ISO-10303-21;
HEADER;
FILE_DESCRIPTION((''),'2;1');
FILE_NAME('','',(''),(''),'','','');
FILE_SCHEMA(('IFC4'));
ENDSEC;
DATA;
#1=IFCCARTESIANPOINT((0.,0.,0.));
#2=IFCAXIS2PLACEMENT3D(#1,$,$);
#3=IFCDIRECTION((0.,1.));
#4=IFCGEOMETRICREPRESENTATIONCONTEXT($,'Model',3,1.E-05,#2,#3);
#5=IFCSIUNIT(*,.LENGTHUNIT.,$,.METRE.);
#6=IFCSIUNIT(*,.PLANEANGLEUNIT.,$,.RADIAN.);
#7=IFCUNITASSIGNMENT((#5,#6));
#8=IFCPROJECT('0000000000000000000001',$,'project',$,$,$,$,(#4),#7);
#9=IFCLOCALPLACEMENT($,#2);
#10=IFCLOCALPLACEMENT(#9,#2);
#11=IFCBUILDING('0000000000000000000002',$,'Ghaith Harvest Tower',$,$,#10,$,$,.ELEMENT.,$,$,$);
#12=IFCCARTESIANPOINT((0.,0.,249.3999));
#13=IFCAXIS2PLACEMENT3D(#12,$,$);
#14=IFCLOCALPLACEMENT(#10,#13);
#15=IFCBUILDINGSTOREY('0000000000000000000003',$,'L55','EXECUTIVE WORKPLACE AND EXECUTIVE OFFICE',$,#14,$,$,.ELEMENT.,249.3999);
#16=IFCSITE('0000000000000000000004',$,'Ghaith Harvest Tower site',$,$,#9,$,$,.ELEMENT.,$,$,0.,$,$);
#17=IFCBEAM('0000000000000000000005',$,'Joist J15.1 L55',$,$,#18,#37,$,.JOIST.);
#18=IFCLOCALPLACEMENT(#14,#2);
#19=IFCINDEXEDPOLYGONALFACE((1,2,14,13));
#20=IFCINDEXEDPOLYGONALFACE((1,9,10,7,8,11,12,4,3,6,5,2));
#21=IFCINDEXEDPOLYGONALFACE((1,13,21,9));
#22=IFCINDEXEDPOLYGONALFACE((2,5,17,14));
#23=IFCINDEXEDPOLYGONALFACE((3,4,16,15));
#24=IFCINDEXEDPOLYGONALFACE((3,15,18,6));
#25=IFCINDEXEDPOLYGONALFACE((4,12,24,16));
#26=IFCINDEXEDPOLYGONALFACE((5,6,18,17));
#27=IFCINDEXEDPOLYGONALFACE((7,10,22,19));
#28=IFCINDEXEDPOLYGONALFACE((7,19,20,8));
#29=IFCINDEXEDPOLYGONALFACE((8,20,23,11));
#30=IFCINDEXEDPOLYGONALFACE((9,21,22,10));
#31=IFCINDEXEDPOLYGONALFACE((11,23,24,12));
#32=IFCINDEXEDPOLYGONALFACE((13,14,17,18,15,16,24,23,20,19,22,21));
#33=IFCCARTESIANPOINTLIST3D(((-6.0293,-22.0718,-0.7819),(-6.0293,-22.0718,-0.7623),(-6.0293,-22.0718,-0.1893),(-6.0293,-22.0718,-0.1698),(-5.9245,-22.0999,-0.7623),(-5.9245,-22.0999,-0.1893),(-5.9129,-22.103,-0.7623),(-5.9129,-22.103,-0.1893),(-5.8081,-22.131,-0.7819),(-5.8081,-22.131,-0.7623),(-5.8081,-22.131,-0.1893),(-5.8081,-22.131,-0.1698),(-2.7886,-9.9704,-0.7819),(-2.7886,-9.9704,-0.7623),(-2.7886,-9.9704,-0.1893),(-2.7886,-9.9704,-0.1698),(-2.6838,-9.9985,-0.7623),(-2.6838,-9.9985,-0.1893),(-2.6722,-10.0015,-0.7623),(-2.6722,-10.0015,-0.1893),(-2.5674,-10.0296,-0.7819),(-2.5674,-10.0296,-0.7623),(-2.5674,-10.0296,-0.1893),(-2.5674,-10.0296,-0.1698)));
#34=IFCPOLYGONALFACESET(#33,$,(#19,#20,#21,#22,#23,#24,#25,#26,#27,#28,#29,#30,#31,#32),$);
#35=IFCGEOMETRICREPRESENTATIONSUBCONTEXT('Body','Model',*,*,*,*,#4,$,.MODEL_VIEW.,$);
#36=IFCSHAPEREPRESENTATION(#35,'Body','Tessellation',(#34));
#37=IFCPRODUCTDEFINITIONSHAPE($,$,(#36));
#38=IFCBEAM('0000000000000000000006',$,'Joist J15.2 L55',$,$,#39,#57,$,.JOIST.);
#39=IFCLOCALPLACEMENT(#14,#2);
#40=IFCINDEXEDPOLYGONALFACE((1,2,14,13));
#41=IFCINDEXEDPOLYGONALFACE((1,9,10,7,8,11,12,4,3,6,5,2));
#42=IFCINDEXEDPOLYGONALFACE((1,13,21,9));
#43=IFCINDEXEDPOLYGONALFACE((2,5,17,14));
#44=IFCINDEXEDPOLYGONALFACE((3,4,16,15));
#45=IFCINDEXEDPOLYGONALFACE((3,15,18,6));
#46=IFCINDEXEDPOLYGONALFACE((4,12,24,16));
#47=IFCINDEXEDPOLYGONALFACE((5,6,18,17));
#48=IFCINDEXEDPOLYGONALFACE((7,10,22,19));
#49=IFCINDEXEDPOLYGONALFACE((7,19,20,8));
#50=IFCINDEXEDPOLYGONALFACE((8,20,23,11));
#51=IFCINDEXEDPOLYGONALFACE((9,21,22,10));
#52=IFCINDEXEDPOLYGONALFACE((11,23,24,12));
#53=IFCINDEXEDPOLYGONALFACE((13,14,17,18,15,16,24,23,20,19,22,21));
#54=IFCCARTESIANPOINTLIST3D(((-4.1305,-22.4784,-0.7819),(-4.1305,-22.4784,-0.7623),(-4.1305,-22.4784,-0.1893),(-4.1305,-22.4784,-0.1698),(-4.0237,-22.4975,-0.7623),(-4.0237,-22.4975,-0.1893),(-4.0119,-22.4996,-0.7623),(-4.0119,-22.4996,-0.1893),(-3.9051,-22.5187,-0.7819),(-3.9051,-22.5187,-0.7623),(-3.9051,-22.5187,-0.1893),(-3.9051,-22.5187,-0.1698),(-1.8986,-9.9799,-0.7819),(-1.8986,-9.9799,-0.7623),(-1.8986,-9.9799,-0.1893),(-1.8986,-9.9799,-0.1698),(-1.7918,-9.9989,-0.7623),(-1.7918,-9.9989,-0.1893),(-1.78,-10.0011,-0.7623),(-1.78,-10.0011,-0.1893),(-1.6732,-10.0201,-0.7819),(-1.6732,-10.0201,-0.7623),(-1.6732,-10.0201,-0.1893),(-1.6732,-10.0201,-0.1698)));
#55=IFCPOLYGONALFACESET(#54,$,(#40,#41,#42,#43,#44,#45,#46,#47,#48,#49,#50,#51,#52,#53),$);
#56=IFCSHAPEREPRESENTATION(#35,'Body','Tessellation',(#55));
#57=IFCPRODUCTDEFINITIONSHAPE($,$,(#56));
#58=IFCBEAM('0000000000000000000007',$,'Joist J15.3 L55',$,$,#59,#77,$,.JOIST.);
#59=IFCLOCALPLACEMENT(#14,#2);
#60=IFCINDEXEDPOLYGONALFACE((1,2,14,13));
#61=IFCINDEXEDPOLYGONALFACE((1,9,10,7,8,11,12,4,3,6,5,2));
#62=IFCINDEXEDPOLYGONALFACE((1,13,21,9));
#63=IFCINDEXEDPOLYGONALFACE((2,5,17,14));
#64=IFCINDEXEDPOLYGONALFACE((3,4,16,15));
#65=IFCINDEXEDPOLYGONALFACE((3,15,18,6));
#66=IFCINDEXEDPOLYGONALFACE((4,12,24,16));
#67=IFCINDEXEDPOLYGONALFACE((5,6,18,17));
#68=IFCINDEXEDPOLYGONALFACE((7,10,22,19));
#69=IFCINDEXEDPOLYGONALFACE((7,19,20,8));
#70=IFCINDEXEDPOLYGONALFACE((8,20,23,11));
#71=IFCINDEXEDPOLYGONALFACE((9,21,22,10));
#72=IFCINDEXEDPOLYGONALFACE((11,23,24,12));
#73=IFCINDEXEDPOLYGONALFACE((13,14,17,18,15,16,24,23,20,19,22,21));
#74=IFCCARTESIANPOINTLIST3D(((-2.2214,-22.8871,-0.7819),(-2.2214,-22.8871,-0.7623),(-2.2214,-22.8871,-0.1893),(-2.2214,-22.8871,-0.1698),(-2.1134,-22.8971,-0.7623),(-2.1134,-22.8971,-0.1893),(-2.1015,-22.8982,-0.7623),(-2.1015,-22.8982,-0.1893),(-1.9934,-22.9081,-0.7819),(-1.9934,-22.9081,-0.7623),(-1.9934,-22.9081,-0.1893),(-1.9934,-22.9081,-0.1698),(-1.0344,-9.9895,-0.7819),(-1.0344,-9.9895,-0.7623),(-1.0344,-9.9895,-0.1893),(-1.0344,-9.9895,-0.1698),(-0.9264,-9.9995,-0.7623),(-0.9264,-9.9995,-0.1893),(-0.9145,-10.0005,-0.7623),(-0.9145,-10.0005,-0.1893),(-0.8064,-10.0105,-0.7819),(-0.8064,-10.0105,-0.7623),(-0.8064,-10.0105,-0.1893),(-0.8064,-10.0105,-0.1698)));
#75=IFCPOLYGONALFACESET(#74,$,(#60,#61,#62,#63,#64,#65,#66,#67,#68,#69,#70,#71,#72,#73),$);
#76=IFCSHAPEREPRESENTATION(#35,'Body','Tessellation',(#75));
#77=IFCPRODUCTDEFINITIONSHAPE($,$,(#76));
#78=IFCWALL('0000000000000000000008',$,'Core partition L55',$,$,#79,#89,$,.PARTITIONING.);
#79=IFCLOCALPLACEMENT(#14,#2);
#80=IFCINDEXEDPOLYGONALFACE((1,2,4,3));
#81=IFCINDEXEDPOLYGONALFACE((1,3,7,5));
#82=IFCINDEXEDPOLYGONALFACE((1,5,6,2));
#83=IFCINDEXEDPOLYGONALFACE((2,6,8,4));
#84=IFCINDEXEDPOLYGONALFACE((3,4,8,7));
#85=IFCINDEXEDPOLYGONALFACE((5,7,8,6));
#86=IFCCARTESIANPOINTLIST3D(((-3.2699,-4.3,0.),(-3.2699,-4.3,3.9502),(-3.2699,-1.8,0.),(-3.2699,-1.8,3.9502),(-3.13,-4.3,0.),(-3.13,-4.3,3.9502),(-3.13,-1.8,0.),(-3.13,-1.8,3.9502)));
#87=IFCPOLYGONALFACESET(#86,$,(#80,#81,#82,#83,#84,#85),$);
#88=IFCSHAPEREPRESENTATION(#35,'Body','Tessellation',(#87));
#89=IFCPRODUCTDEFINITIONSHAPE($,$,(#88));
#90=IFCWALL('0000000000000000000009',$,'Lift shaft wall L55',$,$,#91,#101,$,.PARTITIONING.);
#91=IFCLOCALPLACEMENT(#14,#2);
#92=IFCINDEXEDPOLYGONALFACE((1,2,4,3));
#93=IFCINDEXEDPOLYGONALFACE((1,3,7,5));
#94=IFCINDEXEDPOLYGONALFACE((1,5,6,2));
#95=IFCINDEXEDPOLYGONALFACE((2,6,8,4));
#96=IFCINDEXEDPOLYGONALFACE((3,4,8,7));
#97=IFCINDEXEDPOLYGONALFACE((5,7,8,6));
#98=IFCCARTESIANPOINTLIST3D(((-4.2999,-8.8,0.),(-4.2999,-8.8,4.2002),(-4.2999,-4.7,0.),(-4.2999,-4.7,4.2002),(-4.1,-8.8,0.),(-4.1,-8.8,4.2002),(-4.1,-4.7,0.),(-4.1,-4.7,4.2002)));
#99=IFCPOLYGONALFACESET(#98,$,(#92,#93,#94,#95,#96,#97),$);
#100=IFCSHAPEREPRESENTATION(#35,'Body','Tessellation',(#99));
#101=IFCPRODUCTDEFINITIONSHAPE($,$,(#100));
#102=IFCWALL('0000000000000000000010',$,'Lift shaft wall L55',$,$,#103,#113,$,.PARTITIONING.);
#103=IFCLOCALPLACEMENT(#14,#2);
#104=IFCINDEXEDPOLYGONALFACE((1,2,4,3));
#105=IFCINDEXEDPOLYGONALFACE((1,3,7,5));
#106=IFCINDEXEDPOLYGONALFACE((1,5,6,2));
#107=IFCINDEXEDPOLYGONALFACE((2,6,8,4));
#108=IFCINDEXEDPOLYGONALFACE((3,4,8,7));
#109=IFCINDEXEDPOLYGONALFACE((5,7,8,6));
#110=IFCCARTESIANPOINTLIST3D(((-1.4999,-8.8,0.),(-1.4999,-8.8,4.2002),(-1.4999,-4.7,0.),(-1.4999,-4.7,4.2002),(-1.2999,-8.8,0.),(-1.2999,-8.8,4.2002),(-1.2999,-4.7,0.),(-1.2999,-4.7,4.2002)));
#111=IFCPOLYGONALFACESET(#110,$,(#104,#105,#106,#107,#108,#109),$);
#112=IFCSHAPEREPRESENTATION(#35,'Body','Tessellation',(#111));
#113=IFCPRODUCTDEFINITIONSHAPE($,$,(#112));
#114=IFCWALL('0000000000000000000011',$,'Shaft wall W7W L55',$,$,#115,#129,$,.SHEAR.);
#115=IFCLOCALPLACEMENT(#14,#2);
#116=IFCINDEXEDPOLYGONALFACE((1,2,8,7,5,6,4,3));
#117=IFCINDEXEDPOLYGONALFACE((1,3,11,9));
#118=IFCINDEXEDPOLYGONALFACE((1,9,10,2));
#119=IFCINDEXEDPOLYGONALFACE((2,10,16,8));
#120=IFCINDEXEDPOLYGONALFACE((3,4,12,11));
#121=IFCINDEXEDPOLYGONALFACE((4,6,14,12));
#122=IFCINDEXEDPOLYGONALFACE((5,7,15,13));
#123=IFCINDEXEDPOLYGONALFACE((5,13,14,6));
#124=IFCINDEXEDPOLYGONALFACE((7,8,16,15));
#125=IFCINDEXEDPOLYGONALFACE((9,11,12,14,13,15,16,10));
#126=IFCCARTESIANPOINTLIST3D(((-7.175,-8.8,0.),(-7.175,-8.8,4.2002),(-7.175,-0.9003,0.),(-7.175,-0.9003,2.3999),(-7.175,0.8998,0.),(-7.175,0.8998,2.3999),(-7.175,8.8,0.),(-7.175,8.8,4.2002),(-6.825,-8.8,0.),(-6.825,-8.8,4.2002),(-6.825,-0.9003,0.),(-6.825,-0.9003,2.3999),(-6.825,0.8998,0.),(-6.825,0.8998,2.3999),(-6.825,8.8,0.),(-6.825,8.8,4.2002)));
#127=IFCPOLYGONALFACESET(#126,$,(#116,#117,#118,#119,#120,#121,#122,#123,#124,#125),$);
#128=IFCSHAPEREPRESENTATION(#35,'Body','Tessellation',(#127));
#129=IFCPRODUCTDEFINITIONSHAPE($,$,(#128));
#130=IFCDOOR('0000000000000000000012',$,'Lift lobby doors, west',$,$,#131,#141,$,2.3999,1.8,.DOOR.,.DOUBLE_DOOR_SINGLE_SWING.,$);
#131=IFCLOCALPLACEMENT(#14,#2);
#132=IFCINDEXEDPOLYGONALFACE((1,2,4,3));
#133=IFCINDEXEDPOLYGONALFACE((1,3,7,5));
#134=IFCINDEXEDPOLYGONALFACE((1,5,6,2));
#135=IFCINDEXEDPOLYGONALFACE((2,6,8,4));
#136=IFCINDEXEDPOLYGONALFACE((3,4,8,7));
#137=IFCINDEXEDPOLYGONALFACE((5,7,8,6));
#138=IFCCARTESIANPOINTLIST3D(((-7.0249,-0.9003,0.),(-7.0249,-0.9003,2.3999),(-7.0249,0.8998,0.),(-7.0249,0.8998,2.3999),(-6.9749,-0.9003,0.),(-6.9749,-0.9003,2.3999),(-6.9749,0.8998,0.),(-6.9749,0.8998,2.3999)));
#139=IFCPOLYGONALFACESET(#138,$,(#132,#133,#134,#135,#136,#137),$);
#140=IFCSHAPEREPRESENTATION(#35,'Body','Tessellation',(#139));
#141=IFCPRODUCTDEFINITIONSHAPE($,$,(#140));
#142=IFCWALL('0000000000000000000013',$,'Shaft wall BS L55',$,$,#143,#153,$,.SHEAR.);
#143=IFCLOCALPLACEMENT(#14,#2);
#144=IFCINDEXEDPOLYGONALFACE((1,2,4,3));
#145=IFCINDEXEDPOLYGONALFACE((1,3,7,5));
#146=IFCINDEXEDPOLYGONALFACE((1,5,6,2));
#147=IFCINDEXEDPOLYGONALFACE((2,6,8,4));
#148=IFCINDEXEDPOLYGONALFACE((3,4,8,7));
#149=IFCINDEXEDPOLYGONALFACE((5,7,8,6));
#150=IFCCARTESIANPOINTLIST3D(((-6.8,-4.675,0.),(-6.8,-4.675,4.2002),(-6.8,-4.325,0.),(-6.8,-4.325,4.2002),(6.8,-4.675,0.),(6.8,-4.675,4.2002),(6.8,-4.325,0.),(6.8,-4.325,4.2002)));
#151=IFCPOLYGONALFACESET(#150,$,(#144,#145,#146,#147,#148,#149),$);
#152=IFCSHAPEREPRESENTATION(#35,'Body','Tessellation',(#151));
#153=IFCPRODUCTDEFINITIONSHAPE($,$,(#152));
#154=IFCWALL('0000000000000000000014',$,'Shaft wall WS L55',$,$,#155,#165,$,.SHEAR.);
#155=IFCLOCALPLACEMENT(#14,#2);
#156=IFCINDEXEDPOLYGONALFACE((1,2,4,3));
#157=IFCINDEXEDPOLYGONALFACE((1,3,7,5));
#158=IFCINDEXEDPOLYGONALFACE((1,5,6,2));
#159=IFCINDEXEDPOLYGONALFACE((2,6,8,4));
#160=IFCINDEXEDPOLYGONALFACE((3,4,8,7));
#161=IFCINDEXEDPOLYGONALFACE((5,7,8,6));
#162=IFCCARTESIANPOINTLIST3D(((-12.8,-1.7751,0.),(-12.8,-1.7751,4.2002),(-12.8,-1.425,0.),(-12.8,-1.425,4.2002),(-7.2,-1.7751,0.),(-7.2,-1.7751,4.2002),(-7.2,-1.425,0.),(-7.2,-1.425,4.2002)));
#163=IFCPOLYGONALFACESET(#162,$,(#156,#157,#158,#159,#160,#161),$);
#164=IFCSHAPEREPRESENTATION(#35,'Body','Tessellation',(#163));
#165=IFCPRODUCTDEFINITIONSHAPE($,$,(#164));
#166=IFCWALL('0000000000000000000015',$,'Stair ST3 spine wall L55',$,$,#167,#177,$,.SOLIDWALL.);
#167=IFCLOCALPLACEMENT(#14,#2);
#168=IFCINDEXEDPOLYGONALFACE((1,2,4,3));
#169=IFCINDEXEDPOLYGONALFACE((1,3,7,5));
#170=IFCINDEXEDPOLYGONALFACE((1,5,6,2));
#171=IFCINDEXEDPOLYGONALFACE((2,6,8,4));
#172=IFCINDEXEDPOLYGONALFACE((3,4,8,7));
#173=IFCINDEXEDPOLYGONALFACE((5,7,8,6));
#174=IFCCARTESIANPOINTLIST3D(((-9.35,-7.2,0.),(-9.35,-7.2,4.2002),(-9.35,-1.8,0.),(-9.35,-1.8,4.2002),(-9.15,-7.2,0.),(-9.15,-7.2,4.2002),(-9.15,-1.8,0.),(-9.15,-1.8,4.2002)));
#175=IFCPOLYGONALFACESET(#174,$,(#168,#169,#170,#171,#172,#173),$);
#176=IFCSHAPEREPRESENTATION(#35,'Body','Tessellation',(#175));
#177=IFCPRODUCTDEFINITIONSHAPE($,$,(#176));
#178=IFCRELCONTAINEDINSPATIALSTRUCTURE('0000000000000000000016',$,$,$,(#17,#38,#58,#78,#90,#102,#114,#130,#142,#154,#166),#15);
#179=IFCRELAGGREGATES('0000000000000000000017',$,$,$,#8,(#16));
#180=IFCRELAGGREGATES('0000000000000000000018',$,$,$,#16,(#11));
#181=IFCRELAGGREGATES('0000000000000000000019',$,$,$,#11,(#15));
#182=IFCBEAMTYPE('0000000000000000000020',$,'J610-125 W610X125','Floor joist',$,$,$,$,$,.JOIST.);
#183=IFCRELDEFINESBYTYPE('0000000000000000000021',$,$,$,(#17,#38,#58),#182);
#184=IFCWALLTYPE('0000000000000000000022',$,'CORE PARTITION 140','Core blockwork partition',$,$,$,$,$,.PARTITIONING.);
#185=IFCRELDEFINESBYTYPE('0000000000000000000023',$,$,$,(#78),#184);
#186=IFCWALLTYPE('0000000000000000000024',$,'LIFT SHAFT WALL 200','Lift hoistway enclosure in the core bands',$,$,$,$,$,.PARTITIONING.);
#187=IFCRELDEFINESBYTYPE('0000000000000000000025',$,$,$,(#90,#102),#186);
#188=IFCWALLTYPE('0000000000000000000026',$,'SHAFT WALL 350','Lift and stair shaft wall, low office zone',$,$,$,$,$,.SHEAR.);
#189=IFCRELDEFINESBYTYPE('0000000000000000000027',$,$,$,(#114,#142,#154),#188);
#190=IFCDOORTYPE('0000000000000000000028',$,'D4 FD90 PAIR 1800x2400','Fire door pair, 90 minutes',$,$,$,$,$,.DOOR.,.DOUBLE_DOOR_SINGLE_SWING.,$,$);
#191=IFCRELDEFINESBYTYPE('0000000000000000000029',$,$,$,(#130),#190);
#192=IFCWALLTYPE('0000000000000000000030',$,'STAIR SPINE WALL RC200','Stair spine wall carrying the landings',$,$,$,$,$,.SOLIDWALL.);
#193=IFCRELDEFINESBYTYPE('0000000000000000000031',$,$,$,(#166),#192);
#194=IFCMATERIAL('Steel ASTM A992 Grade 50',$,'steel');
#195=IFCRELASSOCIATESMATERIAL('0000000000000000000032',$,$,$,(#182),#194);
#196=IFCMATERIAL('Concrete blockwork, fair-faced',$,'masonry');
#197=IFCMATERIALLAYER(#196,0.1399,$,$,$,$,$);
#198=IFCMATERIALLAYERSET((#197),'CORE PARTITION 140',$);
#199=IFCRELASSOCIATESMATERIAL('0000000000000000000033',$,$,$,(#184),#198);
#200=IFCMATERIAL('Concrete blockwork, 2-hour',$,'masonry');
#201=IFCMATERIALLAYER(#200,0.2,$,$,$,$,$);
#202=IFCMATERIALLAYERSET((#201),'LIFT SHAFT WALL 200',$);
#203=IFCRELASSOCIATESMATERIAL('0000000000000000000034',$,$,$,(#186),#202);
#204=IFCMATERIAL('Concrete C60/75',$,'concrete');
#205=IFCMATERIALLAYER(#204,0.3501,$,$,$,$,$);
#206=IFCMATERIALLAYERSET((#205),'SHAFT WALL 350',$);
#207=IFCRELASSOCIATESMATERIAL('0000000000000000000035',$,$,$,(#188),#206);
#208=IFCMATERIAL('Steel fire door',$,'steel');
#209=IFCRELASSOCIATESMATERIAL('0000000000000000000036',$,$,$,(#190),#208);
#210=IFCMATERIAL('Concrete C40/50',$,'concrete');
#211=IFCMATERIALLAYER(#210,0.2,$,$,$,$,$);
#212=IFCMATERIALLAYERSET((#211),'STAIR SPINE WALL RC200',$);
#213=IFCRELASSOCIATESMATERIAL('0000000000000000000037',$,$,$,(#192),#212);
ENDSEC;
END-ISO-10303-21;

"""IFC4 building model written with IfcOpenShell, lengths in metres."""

from ifc_helpers import new_model, si_unit, direction, frame, frame_2d, origin, origin_2d, place, context, subcontext, project, spatial, rectangle, i_section, extrude, material, layer, layer_set, material_profile, profile_set, type_object, element, fill, save


model = new_model("IFC4")

# Units and contexts
model_context = context("Model", 3, precision=1e-05, world=origin(), true_north=direction((0.0, 1.0)))
body_context = subcontext(model_context, "Body", "Model", "MODEL_VIEW")
ifc_project = project(units=[si_unit("LENGTHUNIT", "METRE"), si_unit("PLANEANGLEUNIT", "RADIAN")], contexts=[model_context])

# Site, building, storey
site_placement = place(None, origin())
site = spatial("IfcSite", under=ifc_project, at=site_placement, Name="Ghaith Harvest Tower site", CompositionType="ELEMENT", RefElevation=0.0)
building_placement = place(site_placement, origin())
building = spatial("IfcBuilding", under=site, at=building_placement, Name="Ghaith Harvest Tower", CompositionType="ELEMENT")
storey_placement = place(building_placement, frame((0.0, 0.0, 249.3999)))
storey = spatial("IfcBuildingStorey", under=building, at=storey_placement, Name="L55", Description="EXECUTIVE WORKPLACE AND EXECUTIVE OFFICE", CompositionType="ELEMENT", Elevation=249.3999)

# Beams
ifc_material_1 = material(Name="Steel ASTM A992 Grade 50", Category="steel")
ifc_material_profile_1 = material_profile(ifc_material_1, i_section(OverallWidth=0.229, OverallDepth=0.6121, WebThickness=0.012, FlangeThickness=0.0195, at=origin_2d()), Name="W610X125")
ifc_profile_set_1 = profile_set([ifc_material_profile_1], Name="Steel ASTM A992 Grade 50")
beam_type_1 = type_object("IfcBeamType", Name="J610-125 W610X125", Description="Floor joist", PredefinedType="JOIST", material=ifc_profile_set_1)
beam_1_placement = place(storey_placement, frame((-2.678, -10.0, -0.4758), z_axis=(-0.258684, -0.965962, 0.0), x_axis=(0.965962, -0.258684, 0.0)))
element("IfcBeam", 1, at=beam_1_placement, inside=storey, type_object=beam_type_1, Name="Joist J15.1 L55", PredefinedType="JOIST", context=body_context, shape_type="SweptSolid", body=[
    extrude(i_section(OverallWidth=0.229, OverallDepth=0.6121, WebThickness=0.012, FlangeThickness=0.0195, at=origin_2d()), origin(), (0.0, 0.0, 1.0), 12.5278),
])
beam_2_placement = place(storey_placement, frame((-1.7859, -10.0, -0.4758), z_axis=(-0.175795, -0.984427, 0.0), x_axis=(0.984427, -0.175795, 0.0)))
element("IfcBeam", 2, at=beam_2_placement, inside=storey, type_object=beam_type_1, Name="Joist J15.2 L55", PredefinedType="JOIST", context=body_context, shape_type="SweptSolid", body=[
    extrude(i_section(OverallWidth=0.229, OverallDepth=0.6121, WebThickness=0.012, FlangeThickness=0.0195, at=origin_2d()), origin(), (0.0, 0.0, 1.0), 12.6963),
])
beam_3_placement = place(storey_placement, frame((-0.9204, -10.0, -0.4758), z_axis=(-0.091645, -0.995792, 0.0), x_axis=(0.995792, -0.091645, 0.0)))
element("IfcBeam", 3, at=beam_3_placement, inside=storey, type_object=beam_type_1, Name="Joist J15.3 L55", PredefinedType="JOIST", context=body_context, shape_type="SweptSolid", body=[
    extrude(i_section(OverallWidth=0.229, OverallDepth=0.6121, WebThickness=0.012, FlangeThickness=0.0195, at=origin_2d()), origin(), (0.0, 0.0, 1.0), 12.9521),
])

# Walls
ifc_material_2 = material(Name="Concrete blockwork, fair-faced", Category="masonry")
ifc_layer_1 = layer(ifc_material_2, 0.1399)
ifc_layer_set_1 = layer_set([ifc_layer_1], Name="CORE PARTITION 140")
wall_type_1 = type_object("IfcWallType", Name="CORE PARTITION 140", Description="Core blockwork partition", PredefinedType="PARTITIONING", material=ifc_layer_set_1)
wall_1_placement = place(storey_placement, frame((-3.2, -1.8, 0.0), z_axis=(0.0, 0.0, 1.0), x_axis=(0.0, -1.0, 0.0)))
element("IfcWall", 4, at=wall_1_placement, inside=storey, type_object=wall_type_1, Name="Core partition L55", PredefinedType="PARTITIONING", context=body_context, shape_type="SweptSolid", body=[
    extrude(rectangle(XDim=2.5, YDim=0.1399, at=frame_2d((1.25, 0.0))), origin(), (0.0, 0.0, 1.0), 3.9502),
])
ifc_material_3 = material(Name="Concrete blockwork, 2-hour", Category="masonry")
ifc_layer_2 = layer(ifc_material_3, 0.2)
ifc_layer_set_2 = layer_set([ifc_layer_2], Name="LIFT SHAFT WALL 200")
wall_type_2 = type_object("IfcWallType", Name="LIFT SHAFT WALL 200", Description="Lift hoistway enclosure in the core bands", PredefinedType="PARTITIONING", material=ifc_layer_set_2)
for number, where, z_axis, x_axis, name in (
    (5, (-4.2, -4.7, 0.0), (0.0, 0.0, 1.0), (0.0, -1.0, 0.0), "Lift shaft wall L55"),
    (6, (-1.3999, -4.7, 0.0), (0.0, 0.0, 1.0), (0.0, -1.0, 0.0), "Lift shaft wall L55"),
):
    element("IfcWall", number, at=place(storey_placement, frame(where, z_axis=z_axis, x_axis=x_axis)), inside=storey, type_object=wall_type_2, Name=name, PredefinedType="PARTITIONING", context=body_context, shape_type="SweptSolid", body=[
        extrude(rectangle(XDim=4.1001, YDim=0.2, at=frame_2d((2.05, 0.0))), origin(), (0.0, 0.0, 1.0), 4.2002),
    ])

# Wall, opening, door
ifc_material_4 = material(Name="Concrete C60/75", Category="concrete")
ifc_layer_3 = layer(ifc_material_4, 0.3501)
ifc_layer_set_3 = layer_set([ifc_layer_3], Name="SHAFT WALL 350")
wall_type_3 = type_object("IfcWallType", Name="SHAFT WALL 350", Description="Lift and stair shaft wall, low office zone", PredefinedType="SHEAR", material=ifc_layer_set_3)
wall_2_placement = place(storey_placement, frame((-7.0, -8.8, 0.0), z_axis=(0.0, 0.0, 1.0), x_axis=(0.0, 1.0, 0.0)))
wall_2 = element("IfcWall", 7, at=wall_2_placement, inside=storey, type_object=wall_type_3, Name="Shaft wall W7W L55", PredefinedType="SHEAR", context=body_context, shape_type="SweptSolid", body=[
    extrude(rectangle(XDim=17.6001, YDim=0.3501, at=frame_2d((8.8, 0.0))), origin(), (0.0, 0.0, 1.0), 4.2002),
])
opening_1_placement = place(wall_2_placement, frame((7.8999, 0.0, 0.0)))
opening_1 = element("IfcOpeningElement", 8, at=opening_1_placement, cuts=wall_2, PredefinedType="OPENING", context=body_context, shape_type="SweptSolid", body=[
    extrude(rectangle(XDim=1.8, YDim=2.3999, at=frame_2d((0.8999, 1.2))), frame((0.0, 0.1851, 0.0), z_axis=(0.0, -1.0, 0.0), x_axis=(1.0, 0.0, 0.0)), (0.0, 0.0, 1.0), 0.3701),
])
ifc_material_5 = material(Name="Steel fire door", Category="steel")
door_type_1 = type_object("IfcDoorType", Name="D4 FD90 PAIR 1800x2400", Description="Fire door pair, 90 minutes", OperationType="DOUBLE_DOOR_SINGLE_SWING", PredefinedType="DOOR", material=ifc_material_5)
door_1_placement = place(opening_1_placement, origin())
door_1 = element("IfcDoor", 9, at=door_1_placement, inside=storey, type_object=door_type_1, Name="Lift lobby doors, west", OperationType="DOUBLE_DOOR_SINGLE_SWING", OverallHeight=2.3999, OverallWidth=1.8, PredefinedType="DOOR", context=body_context, shape_type="SweptSolid", body=[
    extrude(rectangle(XDim=1.8, YDim=2.3999, at=frame_2d((0.8999, 1.2))), frame((0.0, 0.0249, 0.0), z_axis=(0.0, -1.0, 0.0), x_axis=(1.0, 0.0, 0.0)), (0.0, 0.0, 1.0), 0.05),
])
fill(opening_1, door_1)

# Walls
wall_3_placement = place(storey_placement, frame((-6.8, -4.5, 0.0), z_axis=(0.0, 0.0, 1.0), x_axis=(1.0, 0.0, 0.0)))
element("IfcWall", 10, at=wall_3_placement, inside=storey, type_object=wall_type_3, Name="Shaft wall BS L55", PredefinedType="SHEAR", context=body_context, shape_type="SweptSolid", body=[
    extrude(rectangle(XDim=13.6001, YDim=0.3501, at=frame_2d((6.8, 0.0))), origin(), (0.0, 0.0, 1.0), 4.2002),
])
wall_4_placement = place(storey_placement, frame((-12.8, -1.6001, 0.0), z_axis=(0.0, 0.0, 1.0), x_axis=(1.0, 0.0, 0.0)))
element("IfcWall", 11, at=wall_4_placement, inside=storey, type_object=wall_type_3, Name="Shaft wall WS L55", PredefinedType="SHEAR", context=body_context, shape_type="SweptSolid", body=[
    extrude(rectangle(XDim=5.6001, YDim=0.3501, at=frame_2d((2.8, 0.0))), origin(), (0.0, 0.0, 1.0), 4.2002),
])
ifc_material_6 = material(Name="Concrete C40/50", Category="concrete")
ifc_layer_4 = layer(ifc_material_6, 0.2)
ifc_layer_set_4 = layer_set([ifc_layer_4], Name="STAIR SPINE WALL RC200")
wall_type_4 = type_object("IfcWallType", Name="STAIR SPINE WALL RC200", Description="Stair spine wall carrying the landings", PredefinedType="SOLIDWALL", material=ifc_layer_set_4)
wall_5_placement = place(storey_placement, frame((-9.25, -7.2, 0.0), z_axis=(0.0, 0.0, 1.0), x_axis=(0.0, 1.0, 0.0)))
element("IfcWall", 12, at=wall_5_placement, inside=storey, type_object=wall_type_4, Name="Stair ST3 spine wall L55", PredefinedType="SOLIDWALL", context=body_context, shape_type="SweptSolid", body=[
    extrude(rectangle(XDim=5.3999, YDim=0.2, at=frame_2d((2.7, 0.0))), origin(), (0.0, 0.0, 1.0), 4.2002),
])

save(model, "model.ifc")
